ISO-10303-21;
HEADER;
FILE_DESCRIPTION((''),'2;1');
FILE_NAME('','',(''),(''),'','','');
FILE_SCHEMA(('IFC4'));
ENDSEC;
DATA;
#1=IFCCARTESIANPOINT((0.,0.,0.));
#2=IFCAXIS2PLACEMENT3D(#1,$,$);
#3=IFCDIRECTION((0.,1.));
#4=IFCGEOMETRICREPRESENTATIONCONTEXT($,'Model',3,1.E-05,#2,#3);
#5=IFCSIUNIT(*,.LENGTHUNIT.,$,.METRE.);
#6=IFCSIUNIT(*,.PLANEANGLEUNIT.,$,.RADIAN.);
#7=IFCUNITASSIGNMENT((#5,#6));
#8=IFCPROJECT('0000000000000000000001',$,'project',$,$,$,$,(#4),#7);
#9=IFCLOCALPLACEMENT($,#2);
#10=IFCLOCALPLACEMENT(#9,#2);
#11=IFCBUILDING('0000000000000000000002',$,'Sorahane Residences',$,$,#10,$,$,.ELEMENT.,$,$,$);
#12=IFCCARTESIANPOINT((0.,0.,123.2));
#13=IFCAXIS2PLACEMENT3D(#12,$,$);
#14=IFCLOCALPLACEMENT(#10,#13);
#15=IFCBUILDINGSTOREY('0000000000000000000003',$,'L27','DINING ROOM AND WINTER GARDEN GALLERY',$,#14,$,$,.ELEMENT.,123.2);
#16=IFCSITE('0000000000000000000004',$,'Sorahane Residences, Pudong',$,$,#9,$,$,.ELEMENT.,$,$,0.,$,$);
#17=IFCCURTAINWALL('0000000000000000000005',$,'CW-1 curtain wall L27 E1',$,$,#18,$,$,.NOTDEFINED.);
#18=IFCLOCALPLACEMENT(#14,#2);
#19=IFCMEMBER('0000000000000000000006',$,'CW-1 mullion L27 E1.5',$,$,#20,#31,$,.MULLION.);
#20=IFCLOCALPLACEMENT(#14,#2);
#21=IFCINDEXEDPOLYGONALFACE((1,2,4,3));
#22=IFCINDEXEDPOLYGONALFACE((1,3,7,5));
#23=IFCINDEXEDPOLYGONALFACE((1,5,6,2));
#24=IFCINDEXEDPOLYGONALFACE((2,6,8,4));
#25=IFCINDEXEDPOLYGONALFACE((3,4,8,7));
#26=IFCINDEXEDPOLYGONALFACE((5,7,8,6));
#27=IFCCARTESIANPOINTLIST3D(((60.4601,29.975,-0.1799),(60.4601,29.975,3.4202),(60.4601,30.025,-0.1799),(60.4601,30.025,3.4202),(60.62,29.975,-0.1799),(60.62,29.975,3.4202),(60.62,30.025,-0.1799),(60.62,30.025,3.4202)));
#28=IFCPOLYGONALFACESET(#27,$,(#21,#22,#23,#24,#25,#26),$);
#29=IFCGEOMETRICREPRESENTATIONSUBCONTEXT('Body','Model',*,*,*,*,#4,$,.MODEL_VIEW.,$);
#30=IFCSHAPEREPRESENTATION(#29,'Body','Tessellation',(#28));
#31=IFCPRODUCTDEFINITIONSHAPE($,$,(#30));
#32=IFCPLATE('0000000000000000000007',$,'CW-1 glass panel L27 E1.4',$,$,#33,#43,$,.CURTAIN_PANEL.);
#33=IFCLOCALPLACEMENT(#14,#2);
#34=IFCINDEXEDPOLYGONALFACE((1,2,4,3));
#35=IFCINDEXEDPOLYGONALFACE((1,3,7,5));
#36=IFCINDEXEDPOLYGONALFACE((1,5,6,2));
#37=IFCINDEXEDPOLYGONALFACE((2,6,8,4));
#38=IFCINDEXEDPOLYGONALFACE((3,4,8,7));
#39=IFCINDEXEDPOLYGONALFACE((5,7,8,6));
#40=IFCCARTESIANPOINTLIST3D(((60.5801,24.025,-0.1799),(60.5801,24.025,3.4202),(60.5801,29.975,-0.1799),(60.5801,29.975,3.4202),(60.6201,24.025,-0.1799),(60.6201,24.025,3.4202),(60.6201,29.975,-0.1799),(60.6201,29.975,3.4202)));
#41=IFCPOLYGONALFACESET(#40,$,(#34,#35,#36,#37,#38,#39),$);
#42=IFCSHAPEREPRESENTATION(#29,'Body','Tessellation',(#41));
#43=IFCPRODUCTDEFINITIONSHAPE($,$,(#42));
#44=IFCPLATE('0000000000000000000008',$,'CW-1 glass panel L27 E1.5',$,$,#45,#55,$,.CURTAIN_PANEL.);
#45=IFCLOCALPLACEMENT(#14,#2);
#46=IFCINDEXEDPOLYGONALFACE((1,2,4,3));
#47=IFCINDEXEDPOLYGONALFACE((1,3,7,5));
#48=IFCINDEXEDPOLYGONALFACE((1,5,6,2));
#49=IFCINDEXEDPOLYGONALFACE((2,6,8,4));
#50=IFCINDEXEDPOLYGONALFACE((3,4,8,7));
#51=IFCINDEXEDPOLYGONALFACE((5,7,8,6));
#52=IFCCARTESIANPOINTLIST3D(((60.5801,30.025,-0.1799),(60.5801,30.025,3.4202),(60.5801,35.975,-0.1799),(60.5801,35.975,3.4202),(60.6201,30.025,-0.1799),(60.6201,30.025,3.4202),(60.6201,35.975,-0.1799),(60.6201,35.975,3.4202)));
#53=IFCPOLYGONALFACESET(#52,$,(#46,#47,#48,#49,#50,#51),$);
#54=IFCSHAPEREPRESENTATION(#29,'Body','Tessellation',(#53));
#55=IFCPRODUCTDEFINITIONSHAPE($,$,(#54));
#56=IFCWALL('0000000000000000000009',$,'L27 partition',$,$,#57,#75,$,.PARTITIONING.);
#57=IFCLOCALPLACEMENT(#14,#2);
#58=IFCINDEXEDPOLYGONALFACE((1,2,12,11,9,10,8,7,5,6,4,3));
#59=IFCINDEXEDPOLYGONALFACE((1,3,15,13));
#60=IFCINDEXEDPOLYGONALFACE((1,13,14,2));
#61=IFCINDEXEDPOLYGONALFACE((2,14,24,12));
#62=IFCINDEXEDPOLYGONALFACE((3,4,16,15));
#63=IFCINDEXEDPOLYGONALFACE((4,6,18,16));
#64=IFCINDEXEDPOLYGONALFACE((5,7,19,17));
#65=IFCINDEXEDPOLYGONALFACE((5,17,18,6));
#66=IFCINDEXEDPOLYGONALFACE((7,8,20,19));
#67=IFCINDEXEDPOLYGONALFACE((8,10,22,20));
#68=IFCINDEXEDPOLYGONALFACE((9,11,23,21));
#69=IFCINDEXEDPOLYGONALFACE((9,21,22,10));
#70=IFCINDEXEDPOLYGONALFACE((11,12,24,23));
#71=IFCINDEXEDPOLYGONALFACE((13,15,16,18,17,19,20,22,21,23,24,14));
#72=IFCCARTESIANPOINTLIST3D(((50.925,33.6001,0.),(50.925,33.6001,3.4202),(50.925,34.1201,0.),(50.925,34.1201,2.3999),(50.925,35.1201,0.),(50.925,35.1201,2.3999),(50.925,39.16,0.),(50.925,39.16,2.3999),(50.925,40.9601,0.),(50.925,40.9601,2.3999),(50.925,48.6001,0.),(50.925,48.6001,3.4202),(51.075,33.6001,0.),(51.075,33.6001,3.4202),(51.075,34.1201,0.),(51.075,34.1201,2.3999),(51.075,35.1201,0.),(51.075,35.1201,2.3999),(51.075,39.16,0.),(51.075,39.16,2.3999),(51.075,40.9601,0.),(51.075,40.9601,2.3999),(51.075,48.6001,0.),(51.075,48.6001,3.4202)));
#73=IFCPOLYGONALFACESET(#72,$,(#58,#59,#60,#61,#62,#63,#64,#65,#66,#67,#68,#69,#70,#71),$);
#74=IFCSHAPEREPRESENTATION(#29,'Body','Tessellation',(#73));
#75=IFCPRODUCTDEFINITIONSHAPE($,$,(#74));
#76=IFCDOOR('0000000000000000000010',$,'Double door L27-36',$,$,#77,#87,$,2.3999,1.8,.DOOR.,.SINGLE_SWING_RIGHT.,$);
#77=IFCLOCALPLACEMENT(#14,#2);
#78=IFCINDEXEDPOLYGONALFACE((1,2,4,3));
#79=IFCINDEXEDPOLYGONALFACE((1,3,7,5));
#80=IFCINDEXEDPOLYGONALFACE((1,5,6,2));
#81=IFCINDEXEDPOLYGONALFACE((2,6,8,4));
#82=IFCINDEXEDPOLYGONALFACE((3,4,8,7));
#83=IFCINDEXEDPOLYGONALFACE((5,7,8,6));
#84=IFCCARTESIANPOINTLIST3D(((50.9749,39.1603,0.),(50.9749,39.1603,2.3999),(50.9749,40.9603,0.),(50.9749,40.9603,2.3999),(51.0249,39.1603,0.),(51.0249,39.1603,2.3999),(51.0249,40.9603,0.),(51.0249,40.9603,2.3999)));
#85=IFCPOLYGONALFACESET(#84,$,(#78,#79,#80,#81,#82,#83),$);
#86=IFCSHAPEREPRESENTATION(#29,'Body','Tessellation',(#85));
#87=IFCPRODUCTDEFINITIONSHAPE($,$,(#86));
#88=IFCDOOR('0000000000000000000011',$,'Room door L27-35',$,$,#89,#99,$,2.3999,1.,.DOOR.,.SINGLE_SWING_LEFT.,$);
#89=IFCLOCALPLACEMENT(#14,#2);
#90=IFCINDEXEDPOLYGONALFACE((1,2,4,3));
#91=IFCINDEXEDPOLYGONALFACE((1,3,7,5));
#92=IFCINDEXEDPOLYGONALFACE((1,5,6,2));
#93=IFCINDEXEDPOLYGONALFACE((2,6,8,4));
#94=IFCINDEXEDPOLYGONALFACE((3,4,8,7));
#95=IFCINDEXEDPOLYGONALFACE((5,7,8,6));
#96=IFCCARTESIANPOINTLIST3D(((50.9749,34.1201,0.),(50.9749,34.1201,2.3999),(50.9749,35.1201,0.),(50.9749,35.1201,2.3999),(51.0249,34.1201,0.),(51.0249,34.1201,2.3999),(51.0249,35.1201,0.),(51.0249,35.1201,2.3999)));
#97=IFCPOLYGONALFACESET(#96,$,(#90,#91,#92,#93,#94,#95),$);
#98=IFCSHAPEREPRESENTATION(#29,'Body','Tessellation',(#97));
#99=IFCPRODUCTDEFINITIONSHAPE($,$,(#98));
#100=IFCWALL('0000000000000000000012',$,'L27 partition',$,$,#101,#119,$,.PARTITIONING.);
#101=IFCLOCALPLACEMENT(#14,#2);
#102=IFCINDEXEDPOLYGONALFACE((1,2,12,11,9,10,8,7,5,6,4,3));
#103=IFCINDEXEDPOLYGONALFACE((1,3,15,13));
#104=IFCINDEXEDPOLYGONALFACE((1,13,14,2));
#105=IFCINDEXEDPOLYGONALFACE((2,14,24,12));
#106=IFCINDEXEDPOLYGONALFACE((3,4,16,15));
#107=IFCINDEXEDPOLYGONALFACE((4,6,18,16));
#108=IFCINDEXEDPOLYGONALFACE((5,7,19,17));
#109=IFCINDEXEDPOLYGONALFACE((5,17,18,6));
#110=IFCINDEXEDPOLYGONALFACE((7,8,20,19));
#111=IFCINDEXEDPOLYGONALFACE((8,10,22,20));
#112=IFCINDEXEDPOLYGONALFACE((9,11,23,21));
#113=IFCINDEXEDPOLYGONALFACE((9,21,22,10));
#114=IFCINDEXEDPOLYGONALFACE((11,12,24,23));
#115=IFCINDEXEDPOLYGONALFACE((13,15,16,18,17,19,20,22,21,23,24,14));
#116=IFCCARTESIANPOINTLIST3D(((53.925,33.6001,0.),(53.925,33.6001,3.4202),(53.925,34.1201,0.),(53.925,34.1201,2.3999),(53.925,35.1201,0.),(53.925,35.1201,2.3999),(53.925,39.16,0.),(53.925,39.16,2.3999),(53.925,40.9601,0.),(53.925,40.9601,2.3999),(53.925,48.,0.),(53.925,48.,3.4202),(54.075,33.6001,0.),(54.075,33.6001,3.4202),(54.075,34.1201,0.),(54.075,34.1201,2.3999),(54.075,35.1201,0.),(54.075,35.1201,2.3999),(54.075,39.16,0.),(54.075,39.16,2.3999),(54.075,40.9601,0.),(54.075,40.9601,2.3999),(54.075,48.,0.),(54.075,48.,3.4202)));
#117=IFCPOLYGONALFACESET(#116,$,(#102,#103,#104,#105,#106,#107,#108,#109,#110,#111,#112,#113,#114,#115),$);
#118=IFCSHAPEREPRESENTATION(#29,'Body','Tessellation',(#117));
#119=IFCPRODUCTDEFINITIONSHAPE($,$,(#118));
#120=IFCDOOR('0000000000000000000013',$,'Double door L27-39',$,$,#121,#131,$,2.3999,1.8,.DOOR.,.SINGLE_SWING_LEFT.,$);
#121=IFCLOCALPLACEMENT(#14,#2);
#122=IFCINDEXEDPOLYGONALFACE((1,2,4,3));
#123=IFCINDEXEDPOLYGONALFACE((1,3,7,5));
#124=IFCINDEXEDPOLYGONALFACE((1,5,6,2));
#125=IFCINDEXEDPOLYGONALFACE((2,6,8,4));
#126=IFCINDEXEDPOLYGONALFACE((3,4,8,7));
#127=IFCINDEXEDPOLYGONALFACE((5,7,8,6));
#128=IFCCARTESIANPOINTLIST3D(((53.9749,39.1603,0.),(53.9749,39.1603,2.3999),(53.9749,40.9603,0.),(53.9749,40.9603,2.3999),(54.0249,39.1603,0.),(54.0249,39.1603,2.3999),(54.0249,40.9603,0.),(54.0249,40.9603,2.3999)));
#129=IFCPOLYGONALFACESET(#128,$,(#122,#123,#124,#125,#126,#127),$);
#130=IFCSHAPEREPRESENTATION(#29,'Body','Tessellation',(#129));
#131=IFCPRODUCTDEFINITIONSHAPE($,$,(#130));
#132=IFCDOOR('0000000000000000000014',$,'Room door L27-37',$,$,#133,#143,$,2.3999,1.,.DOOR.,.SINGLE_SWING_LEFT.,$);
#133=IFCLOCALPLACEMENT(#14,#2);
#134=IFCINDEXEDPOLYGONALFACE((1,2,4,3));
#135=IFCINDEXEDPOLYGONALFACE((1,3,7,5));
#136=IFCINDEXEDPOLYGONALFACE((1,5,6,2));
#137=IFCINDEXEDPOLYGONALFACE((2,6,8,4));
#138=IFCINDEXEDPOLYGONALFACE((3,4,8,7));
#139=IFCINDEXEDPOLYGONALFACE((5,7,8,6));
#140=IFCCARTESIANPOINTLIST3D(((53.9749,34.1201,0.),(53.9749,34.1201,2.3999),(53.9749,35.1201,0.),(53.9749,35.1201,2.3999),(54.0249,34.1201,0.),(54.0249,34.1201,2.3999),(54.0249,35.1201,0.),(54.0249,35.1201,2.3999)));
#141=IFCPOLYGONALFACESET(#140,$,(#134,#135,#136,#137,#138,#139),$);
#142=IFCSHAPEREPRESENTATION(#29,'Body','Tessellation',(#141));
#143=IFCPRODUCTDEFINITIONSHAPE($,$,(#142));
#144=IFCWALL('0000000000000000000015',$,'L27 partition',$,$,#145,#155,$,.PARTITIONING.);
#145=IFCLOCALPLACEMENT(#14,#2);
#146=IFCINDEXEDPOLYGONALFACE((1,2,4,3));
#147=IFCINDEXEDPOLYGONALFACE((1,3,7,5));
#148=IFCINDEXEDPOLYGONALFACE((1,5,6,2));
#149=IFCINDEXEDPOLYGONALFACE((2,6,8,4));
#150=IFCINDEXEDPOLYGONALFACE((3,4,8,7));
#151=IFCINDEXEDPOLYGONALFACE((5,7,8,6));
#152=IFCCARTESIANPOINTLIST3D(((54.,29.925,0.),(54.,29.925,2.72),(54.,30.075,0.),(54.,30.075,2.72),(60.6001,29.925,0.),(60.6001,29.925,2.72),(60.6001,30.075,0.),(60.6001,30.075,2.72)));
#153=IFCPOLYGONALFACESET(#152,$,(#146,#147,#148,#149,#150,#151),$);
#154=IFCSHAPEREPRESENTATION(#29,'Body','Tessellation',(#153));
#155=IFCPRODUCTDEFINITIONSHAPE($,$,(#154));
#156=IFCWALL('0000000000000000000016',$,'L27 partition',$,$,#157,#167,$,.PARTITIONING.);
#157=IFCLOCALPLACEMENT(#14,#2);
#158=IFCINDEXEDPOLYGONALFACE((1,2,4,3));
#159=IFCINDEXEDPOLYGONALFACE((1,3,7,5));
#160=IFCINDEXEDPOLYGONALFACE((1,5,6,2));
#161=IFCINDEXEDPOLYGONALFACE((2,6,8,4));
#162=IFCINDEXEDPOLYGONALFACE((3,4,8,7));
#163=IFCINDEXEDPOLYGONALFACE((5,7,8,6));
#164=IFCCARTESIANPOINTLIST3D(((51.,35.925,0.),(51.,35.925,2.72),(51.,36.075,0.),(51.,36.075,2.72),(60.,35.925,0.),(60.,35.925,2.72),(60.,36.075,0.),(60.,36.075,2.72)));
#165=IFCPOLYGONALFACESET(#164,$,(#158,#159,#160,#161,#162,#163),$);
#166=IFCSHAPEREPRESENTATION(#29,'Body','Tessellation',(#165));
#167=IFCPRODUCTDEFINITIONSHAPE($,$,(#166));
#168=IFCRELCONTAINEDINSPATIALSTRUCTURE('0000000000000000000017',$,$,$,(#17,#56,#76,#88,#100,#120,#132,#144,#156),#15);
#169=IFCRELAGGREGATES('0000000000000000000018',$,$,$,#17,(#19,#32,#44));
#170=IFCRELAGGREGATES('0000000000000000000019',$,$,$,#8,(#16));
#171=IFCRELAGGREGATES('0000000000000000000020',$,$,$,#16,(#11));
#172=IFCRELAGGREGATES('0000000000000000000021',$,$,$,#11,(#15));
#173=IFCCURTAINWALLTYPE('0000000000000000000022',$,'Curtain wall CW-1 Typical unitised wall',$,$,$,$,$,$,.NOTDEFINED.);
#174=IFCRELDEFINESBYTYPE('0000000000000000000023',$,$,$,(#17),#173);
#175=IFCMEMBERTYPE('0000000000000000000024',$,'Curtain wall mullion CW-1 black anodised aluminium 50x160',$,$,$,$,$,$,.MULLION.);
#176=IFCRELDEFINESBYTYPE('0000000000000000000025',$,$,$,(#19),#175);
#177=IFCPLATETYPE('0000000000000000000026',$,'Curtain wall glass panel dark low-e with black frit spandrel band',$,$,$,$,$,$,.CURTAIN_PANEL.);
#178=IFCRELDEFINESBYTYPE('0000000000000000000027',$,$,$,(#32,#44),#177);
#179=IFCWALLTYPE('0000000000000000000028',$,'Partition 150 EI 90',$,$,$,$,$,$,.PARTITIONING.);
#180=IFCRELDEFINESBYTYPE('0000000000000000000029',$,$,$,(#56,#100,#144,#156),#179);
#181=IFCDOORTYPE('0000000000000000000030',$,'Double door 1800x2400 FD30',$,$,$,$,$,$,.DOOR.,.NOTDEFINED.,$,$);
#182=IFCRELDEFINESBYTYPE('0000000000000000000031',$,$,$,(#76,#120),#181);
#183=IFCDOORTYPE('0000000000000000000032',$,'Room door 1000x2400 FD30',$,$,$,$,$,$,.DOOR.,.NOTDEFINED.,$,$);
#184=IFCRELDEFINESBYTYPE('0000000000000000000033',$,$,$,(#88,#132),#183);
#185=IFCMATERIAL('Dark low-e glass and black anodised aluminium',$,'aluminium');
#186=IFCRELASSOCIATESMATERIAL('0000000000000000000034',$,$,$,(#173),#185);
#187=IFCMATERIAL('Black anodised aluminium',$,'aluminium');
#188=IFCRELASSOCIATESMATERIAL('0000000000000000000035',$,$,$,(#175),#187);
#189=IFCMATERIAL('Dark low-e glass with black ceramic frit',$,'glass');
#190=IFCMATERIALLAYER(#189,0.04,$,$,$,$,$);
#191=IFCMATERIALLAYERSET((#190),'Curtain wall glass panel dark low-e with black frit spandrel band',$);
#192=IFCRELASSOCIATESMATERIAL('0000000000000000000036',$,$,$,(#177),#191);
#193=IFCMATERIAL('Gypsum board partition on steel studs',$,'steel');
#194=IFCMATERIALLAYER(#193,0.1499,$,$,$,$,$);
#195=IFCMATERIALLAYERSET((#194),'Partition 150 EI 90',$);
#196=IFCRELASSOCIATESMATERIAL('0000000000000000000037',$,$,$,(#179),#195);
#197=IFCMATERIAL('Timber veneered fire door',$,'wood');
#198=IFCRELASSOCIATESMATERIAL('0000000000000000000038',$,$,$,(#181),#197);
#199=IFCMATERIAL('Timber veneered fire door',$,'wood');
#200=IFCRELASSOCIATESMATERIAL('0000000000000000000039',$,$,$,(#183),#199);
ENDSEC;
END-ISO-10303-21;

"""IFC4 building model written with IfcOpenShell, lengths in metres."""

from ifc_helpers import new_model, si_unit, direction, frame, frame_2d, origin, origin_2d, place, context, subcontext, project, spatial, rectangle, extrude, material, layer, layer_set, material_profile, profile_set, type_object, element, fill, aggregate, save


model = new_model("IFC4")

# Units and contexts
model_context = context("Model", 3, precision=1e-05, world=origin(), true_north=direction((0.0, 1.0)))
body_context = subcontext(model_context, "Body", "Model", "MODEL_VIEW")
ifc_project = project(units=[si_unit("LENGTHUNIT", "METRE"), si_unit("PLANEANGLEUNIT", "RADIAN")], contexts=[model_context])

# Site, building, storey
site_placement = place(None, origin())
site = spatial("IfcSite", under=ifc_project, at=site_placement, Name="Sorahane Residences, Pudong", CompositionType="ELEMENT", RefElevation=0.0)
building_placement = place(site_placement, origin())
building = spatial("IfcBuilding", under=site, at=building_placement, Name="Sorahane Residences", CompositionType="ELEMENT")
storey_placement = place(building_placement, frame((0.0, 0.0, 123.2)))
storey = spatial("IfcBuildingStorey", under=building, at=storey_placement, Name="L27", Description="DINING ROOM AND WINTER GARDEN GALLERY", CompositionType="ELEMENT", Elevation=123.2)

# Curtain wall, member, plates
ifc_material_1 = material(Name="Dark low-e glass and black anodised aluminium", Category="aluminium")
curtain_wall_type = type_object("IfcCurtainWallType", Name="Curtain wall CW-1 Typical unitised wall", PredefinedType="NOTDEFINED", material=ifc_material_1)
curtain_wall_placement = place(storey_placement, origin())
curtain_wall = element("IfcCurtainWall", 1, at=curtain_wall_placement, inside=storey, type_object=curtain_wall_type, Name="CW-1 curtain wall L27 E1", PredefinedType="NOTDEFINED")
ifc_material_2 = material(Name="Black anodised aluminium", Category="aluminium")
ifc_material_profile = material_profile(ifc_material_2, rectangle(XDim=0.1599, YDim=0.05, at=origin_2d()), Name="Curtain wall mullion CW-1 black anodised aluminium 50x160")
ifc_profile_set = profile_set([ifc_material_profile], Name="Black anodised aluminium")
member_type = type_object("IfcMemberType", Name="Curtain wall mullion CW-1 black anodised aluminium 50x160", PredefinedType="MULLION", material=ifc_profile_set)
member_placement = place(storey_placement, frame((60.54, 30.0, -0.1799), z_axis=(0.0, 0.0, 1.0), x_axis=(1.0, 0.0, 0.0)))
member = element("IfcMember", 2, at=member_placement, type_object=member_type, Name="CW-1 mullion L27 E1.5", PredefinedType="MULLION", context=body_context, shape_type="SweptSolid", body=[
    extrude(rectangle(XDim=0.1599, YDim=0.05, at=origin_2d()), origin(), (0.0, 0.0, 1.0), 3.6001),
])
ifc_material_3 = material(Name="Dark low-e glass with black ceramic frit", Category="glass")
ifc_layer_1 = layer(ifc_material_3, 0.04)
ifc_layer_set_1 = layer_set([ifc_layer_1], Name="Curtain wall glass panel dark low-e with black frit spandrel band")
plate_type = type_object("IfcPlateType", Name="Curtain wall glass panel dark low-e with black frit spandrel band", PredefinedType="CURTAIN_PANEL", material=ifc_layer_set_1)
plate_1_placement = place(storey_placement, frame((60.6001, 27.0, -0.1799), z_axis=(0.0, 0.0, 1.0), x_axis=(0.0, 1.0, 0.0)))
plate_1 = element("IfcPlate", 3, at=plate_1_placement, type_object=plate_type, Name="CW-1 glass panel L27 E1.4", PredefinedType="CURTAIN_PANEL", context=body_context, shape_type="SweptSolid", body=[
    extrude(rectangle(XDim=5.95, YDim=0.04, at=origin_2d()), origin(), (0.0, 0.0, 1.0), 3.6001),
])
plate_2_placement = place(storey_placement, frame((60.6001, 33.0, -0.1799), z_axis=(0.0, 0.0, 1.0), x_axis=(0.0, 1.0, 0.0)))
plate_2 = element("IfcPlate", 4, at=plate_2_placement, type_object=plate_type, Name="CW-1 glass panel L27 E1.5", PredefinedType="CURTAIN_PANEL", context=body_context, shape_type="SweptSolid", body=[
    extrude(rectangle(XDim=5.95, YDim=0.04, at=origin_2d()), origin(), (0.0, 0.0, 1.0), 3.6001),
])
aggregate(curtain_wall, [member, plate_1, plate_2])

# Walls, openings, doors
ifc_material_4 = material(Name="Gypsum board partition on steel studs", Category="steel")
ifc_layer_2 = layer(ifc_material_4, 0.1499)
ifc_layer_set_2 = layer_set([ifc_layer_2], Name="Partition 150 EI 90")
wall_type_1 = type_object("IfcWallType", Name="Partition 150 EI 90", PredefinedType="PARTITIONING", material=ifc_layer_set_2)
wall_1_placement = place(storey_placement, frame((51.0, 33.6001, 0.0), z_axis=(0.0, 0.0, 1.0), x_axis=(0.0, 1.0, 0.0)))
wall_1 = element("IfcWall", 5, at=wall_1_placement, inside=storey, type_object=wall_type_1, Name="L27 partition", PredefinedType="PARTITIONING", context=body_context, shape_type="SweptSolid", body=[
    extrude(rectangle(XDim=15.0, YDim=0.1499, at=frame_2d((7.5, 0.0))), origin(), (0.0, 0.0, 1.0), 3.4202),
])
opening_1_placement = place(wall_1_placement, frame((0.52, 0.0, 0.0)))
opening_1 = element("IfcOpeningElement", 6, at=opening_1_placement, cuts=wall_1, PredefinedType="OPENING", context=body_context, shape_type="SweptSolid", body=[
    extrude(rectangle(XDim=1.0, YDim=2.3999, at=frame_2d((0.5, 1.2))), frame((0.0, 0.085, 0.0), z_axis=(0.0, -1.0, 0.0), x_axis=(1.0, 0.0, 0.0)), (0.0, 0.0, 1.0), 0.1699),
])
opening_2_placement = place(wall_1_placement, frame((5.5601, 0.0, 0.0)))
opening_2 = element("IfcOpeningElement", 7, at=opening_2_placement, cuts=wall_1, PredefinedType="OPENING", context=body_context, shape_type="SweptSolid", body=[
    extrude(rectangle(XDim=1.8, YDim=2.3999, at=frame_2d((0.8999, 1.2))), frame((0.0, 0.085, 0.0), z_axis=(0.0, -1.0, 0.0), x_axis=(1.0, 0.0, 0.0)), (0.0, 0.0, 1.0), 0.1699),
])
ifc_material_5 = material(Name="Timber veneered fire door", Category="wood")
door_type_1 = type_object("IfcDoorType", Name="Double door 1800x2400 FD30", OperationType="NOTDEFINED", PredefinedType="DOOR", material=ifc_material_5)
door_1_placement = place(opening_2_placement, frame((1.8, 0.0, 0.0), z_axis=(0.0, 0.0, 1.0), x_axis=(-1.0, 0.0, 0.0)))
door_1 = element("IfcDoor", 8, at=door_1_placement, inside=storey, type_object=door_type_1, Name="Double door L27-36", OperationType="SINGLE_SWING_RIGHT", OverallHeight=2.3999, OverallWidth=1.8, PredefinedType="DOOR", context=body_context, shape_type="SweptSolid", body=[
    extrude(rectangle(XDim=1.8, YDim=2.3999, at=frame_2d((0.8999, 1.2))), frame((0.0, 0.0249, 0.0), z_axis=(0.0, -1.0, 0.0), x_axis=(1.0, 0.0, 0.0)), (0.0, 0.0, 1.0), 0.05),
])
fill(opening_2, door_1)
ifc_material_6 = material(Name="Timber veneered fire door", Category="wood")
door_type_2 = type_object("IfcDoorType", Name="Room door 1000x2400 FD30", OperationType="NOTDEFINED", PredefinedType="DOOR", material=ifc_material_6)
door_2_placement = place(opening_1_placement, frame((1.0, 0.0, 0.0), z_axis=(0.0, 0.0, 1.0), x_axis=(-1.0, 0.0, 0.0)))
door_2 = element("IfcDoor", 9, at=door_2_placement, inside=storey, type_object=door_type_2, Name="Room door L27-35", OperationType="SINGLE_SWING_LEFT", OverallHeight=2.3999, OverallWidth=1.0, PredefinedType="DOOR", context=body_context, shape_type="SweptSolid", body=[
    extrude(rectangle(XDim=1.0, YDim=2.3999, at=frame_2d((0.5, 1.2))), frame((0.0, 0.0249, 0.0), z_axis=(0.0, -1.0, 0.0), x_axis=(1.0, 0.0, 0.0)), (0.0, 0.0, 1.0), 0.05),
])
fill(opening_1, door_2)
wall_2_placement = place(storey_placement, frame((54.0, 33.6001, 0.0), z_axis=(0.0, 0.0, 1.0), x_axis=(0.0, 1.0, 0.0)))
wall_2 = element("IfcWall", 10, at=wall_2_placement, inside=storey, type_object=wall_type_1, Name="L27 partition", PredefinedType="PARTITIONING", context=body_context, shape_type="SweptSolid", body=[
    extrude(rectangle(XDim=14.3999, YDim=0.1499, at=frame_2d((7.2, 0.0))), origin(), (0.0, 0.0, 1.0), 3.4202),
])
opening_3_placement = place(wall_2_placement, frame((0.52, 0.0, 0.0)))
opening_3 = element("IfcOpeningElement", 11, at=opening_3_placement, cuts=wall_2, PredefinedType="OPENING", context=body_context, shape_type="SweptSolid", body=[
    extrude(rectangle(XDim=1.0, YDim=2.3999, at=frame_2d((0.5, 1.2))), frame((0.0, 0.085, 0.0), z_axis=(0.0, -1.0, 0.0), x_axis=(1.0, 0.0, 0.0)), (0.0, 0.0, 1.0), 0.1699),
])
opening_4_placement = place(wall_2_placement, frame((5.5601, 0.0, 0.0)))
opening_4 = element("IfcOpeningElement", 12, at=opening_4_placement, cuts=wall_2, PredefinedType="OPENING", context=body_context, shape_type="SweptSolid", body=[
    extrude(rectangle(XDim=1.8, YDim=2.3999, at=frame_2d((0.8999, 1.2))), frame((0.0, 0.085, 0.0), z_axis=(0.0, -1.0, 0.0), x_axis=(1.0, 0.0, 0.0)), (0.0, 0.0, 1.0), 0.1699),
])
door_3_placement = place(opening_4_placement, frame((1.8, 0.0, 0.0), z_axis=(0.0, 0.0, 1.0), x_axis=(-1.0, 0.0, 0.0)))
door_3 = element("IfcDoor", 13, at=door_3_placement, inside=storey, type_object=door_type_1, Name="Double door L27-39", OperationType="SINGLE_SWING_LEFT", OverallHeight=2.3999, OverallWidth=1.8, PredefinedType="DOOR", context=body_context, shape_type="SweptSolid", body=[
    extrude(rectangle(XDim=1.8, YDim=2.3999, at=frame_2d((0.8999, 1.2))), frame((0.0, 0.0249, 0.0), z_axis=(0.0, -1.0, 0.0), x_axis=(1.0, 0.0, 0.0)), (0.0, 0.0, 1.0), 0.05),
])
fill(opening_4, door_3)
door_4_placement = place(opening_3_placement, frame((1.0, 0.0, 0.0), z_axis=(0.0, 0.0, 1.0), x_axis=(-1.0, 0.0, 0.0)))
door_4 = element("IfcDoor", 14, at=door_4_placement, inside=storey, type_object=door_type_2, Name="Room door L27-37", OperationType="SINGLE_SWING_LEFT", OverallHeight=2.3999, OverallWidth=1.0, PredefinedType="DOOR", context=body_context, shape_type="SweptSolid", body=[
    extrude(rectangle(XDim=1.0, YDim=2.3999, at=frame_2d((0.5, 1.2))), frame((0.0, 0.0249, 0.0), z_axis=(0.0, -1.0, 0.0), x_axis=(1.0, 0.0, 0.0)), (0.0, 0.0, 1.0), 0.05),
])
fill(opening_3, door_4)

# Walls
wall_3_placement = place(storey_placement, frame((54.0, 30.0, 0.0), z_axis=(0.0, 0.0, 1.0), x_axis=(1.0, 0.0, 0.0)))
element("IfcWall", 15, at=wall_3_placement, inside=storey, type_object=wall_type_1, Name="L27 partition", PredefinedType="PARTITIONING", context=body_context, shape_type="SweptSolid", body=[
    extrude(rectangle(XDim=6.6001, YDim=0.1499, at=frame_2d((3.3, 0.0))), origin(), (0.0, 0.0, 1.0), 2.72),
])
wall_4_placement = place(storey_placement, frame((51.0, 36.0, 0.0), z_axis=(0.0, 0.0, 1.0), x_axis=(1.0, 0.0, 0.0)))
element("IfcWall", 16, at=wall_4_placement, inside=storey, type_object=wall_type_1, Name="L27 partition", PredefinedType="PARTITIONING", context=body_context, shape_type="SweptSolid", body=[
    extrude(rectangle(XDim=9.0, YDim=0.1499, at=frame_2d((4.5, 0.0))), origin(), (0.0, 0.0, 1.0), 2.72),
])

save(model, "model.ifc")
